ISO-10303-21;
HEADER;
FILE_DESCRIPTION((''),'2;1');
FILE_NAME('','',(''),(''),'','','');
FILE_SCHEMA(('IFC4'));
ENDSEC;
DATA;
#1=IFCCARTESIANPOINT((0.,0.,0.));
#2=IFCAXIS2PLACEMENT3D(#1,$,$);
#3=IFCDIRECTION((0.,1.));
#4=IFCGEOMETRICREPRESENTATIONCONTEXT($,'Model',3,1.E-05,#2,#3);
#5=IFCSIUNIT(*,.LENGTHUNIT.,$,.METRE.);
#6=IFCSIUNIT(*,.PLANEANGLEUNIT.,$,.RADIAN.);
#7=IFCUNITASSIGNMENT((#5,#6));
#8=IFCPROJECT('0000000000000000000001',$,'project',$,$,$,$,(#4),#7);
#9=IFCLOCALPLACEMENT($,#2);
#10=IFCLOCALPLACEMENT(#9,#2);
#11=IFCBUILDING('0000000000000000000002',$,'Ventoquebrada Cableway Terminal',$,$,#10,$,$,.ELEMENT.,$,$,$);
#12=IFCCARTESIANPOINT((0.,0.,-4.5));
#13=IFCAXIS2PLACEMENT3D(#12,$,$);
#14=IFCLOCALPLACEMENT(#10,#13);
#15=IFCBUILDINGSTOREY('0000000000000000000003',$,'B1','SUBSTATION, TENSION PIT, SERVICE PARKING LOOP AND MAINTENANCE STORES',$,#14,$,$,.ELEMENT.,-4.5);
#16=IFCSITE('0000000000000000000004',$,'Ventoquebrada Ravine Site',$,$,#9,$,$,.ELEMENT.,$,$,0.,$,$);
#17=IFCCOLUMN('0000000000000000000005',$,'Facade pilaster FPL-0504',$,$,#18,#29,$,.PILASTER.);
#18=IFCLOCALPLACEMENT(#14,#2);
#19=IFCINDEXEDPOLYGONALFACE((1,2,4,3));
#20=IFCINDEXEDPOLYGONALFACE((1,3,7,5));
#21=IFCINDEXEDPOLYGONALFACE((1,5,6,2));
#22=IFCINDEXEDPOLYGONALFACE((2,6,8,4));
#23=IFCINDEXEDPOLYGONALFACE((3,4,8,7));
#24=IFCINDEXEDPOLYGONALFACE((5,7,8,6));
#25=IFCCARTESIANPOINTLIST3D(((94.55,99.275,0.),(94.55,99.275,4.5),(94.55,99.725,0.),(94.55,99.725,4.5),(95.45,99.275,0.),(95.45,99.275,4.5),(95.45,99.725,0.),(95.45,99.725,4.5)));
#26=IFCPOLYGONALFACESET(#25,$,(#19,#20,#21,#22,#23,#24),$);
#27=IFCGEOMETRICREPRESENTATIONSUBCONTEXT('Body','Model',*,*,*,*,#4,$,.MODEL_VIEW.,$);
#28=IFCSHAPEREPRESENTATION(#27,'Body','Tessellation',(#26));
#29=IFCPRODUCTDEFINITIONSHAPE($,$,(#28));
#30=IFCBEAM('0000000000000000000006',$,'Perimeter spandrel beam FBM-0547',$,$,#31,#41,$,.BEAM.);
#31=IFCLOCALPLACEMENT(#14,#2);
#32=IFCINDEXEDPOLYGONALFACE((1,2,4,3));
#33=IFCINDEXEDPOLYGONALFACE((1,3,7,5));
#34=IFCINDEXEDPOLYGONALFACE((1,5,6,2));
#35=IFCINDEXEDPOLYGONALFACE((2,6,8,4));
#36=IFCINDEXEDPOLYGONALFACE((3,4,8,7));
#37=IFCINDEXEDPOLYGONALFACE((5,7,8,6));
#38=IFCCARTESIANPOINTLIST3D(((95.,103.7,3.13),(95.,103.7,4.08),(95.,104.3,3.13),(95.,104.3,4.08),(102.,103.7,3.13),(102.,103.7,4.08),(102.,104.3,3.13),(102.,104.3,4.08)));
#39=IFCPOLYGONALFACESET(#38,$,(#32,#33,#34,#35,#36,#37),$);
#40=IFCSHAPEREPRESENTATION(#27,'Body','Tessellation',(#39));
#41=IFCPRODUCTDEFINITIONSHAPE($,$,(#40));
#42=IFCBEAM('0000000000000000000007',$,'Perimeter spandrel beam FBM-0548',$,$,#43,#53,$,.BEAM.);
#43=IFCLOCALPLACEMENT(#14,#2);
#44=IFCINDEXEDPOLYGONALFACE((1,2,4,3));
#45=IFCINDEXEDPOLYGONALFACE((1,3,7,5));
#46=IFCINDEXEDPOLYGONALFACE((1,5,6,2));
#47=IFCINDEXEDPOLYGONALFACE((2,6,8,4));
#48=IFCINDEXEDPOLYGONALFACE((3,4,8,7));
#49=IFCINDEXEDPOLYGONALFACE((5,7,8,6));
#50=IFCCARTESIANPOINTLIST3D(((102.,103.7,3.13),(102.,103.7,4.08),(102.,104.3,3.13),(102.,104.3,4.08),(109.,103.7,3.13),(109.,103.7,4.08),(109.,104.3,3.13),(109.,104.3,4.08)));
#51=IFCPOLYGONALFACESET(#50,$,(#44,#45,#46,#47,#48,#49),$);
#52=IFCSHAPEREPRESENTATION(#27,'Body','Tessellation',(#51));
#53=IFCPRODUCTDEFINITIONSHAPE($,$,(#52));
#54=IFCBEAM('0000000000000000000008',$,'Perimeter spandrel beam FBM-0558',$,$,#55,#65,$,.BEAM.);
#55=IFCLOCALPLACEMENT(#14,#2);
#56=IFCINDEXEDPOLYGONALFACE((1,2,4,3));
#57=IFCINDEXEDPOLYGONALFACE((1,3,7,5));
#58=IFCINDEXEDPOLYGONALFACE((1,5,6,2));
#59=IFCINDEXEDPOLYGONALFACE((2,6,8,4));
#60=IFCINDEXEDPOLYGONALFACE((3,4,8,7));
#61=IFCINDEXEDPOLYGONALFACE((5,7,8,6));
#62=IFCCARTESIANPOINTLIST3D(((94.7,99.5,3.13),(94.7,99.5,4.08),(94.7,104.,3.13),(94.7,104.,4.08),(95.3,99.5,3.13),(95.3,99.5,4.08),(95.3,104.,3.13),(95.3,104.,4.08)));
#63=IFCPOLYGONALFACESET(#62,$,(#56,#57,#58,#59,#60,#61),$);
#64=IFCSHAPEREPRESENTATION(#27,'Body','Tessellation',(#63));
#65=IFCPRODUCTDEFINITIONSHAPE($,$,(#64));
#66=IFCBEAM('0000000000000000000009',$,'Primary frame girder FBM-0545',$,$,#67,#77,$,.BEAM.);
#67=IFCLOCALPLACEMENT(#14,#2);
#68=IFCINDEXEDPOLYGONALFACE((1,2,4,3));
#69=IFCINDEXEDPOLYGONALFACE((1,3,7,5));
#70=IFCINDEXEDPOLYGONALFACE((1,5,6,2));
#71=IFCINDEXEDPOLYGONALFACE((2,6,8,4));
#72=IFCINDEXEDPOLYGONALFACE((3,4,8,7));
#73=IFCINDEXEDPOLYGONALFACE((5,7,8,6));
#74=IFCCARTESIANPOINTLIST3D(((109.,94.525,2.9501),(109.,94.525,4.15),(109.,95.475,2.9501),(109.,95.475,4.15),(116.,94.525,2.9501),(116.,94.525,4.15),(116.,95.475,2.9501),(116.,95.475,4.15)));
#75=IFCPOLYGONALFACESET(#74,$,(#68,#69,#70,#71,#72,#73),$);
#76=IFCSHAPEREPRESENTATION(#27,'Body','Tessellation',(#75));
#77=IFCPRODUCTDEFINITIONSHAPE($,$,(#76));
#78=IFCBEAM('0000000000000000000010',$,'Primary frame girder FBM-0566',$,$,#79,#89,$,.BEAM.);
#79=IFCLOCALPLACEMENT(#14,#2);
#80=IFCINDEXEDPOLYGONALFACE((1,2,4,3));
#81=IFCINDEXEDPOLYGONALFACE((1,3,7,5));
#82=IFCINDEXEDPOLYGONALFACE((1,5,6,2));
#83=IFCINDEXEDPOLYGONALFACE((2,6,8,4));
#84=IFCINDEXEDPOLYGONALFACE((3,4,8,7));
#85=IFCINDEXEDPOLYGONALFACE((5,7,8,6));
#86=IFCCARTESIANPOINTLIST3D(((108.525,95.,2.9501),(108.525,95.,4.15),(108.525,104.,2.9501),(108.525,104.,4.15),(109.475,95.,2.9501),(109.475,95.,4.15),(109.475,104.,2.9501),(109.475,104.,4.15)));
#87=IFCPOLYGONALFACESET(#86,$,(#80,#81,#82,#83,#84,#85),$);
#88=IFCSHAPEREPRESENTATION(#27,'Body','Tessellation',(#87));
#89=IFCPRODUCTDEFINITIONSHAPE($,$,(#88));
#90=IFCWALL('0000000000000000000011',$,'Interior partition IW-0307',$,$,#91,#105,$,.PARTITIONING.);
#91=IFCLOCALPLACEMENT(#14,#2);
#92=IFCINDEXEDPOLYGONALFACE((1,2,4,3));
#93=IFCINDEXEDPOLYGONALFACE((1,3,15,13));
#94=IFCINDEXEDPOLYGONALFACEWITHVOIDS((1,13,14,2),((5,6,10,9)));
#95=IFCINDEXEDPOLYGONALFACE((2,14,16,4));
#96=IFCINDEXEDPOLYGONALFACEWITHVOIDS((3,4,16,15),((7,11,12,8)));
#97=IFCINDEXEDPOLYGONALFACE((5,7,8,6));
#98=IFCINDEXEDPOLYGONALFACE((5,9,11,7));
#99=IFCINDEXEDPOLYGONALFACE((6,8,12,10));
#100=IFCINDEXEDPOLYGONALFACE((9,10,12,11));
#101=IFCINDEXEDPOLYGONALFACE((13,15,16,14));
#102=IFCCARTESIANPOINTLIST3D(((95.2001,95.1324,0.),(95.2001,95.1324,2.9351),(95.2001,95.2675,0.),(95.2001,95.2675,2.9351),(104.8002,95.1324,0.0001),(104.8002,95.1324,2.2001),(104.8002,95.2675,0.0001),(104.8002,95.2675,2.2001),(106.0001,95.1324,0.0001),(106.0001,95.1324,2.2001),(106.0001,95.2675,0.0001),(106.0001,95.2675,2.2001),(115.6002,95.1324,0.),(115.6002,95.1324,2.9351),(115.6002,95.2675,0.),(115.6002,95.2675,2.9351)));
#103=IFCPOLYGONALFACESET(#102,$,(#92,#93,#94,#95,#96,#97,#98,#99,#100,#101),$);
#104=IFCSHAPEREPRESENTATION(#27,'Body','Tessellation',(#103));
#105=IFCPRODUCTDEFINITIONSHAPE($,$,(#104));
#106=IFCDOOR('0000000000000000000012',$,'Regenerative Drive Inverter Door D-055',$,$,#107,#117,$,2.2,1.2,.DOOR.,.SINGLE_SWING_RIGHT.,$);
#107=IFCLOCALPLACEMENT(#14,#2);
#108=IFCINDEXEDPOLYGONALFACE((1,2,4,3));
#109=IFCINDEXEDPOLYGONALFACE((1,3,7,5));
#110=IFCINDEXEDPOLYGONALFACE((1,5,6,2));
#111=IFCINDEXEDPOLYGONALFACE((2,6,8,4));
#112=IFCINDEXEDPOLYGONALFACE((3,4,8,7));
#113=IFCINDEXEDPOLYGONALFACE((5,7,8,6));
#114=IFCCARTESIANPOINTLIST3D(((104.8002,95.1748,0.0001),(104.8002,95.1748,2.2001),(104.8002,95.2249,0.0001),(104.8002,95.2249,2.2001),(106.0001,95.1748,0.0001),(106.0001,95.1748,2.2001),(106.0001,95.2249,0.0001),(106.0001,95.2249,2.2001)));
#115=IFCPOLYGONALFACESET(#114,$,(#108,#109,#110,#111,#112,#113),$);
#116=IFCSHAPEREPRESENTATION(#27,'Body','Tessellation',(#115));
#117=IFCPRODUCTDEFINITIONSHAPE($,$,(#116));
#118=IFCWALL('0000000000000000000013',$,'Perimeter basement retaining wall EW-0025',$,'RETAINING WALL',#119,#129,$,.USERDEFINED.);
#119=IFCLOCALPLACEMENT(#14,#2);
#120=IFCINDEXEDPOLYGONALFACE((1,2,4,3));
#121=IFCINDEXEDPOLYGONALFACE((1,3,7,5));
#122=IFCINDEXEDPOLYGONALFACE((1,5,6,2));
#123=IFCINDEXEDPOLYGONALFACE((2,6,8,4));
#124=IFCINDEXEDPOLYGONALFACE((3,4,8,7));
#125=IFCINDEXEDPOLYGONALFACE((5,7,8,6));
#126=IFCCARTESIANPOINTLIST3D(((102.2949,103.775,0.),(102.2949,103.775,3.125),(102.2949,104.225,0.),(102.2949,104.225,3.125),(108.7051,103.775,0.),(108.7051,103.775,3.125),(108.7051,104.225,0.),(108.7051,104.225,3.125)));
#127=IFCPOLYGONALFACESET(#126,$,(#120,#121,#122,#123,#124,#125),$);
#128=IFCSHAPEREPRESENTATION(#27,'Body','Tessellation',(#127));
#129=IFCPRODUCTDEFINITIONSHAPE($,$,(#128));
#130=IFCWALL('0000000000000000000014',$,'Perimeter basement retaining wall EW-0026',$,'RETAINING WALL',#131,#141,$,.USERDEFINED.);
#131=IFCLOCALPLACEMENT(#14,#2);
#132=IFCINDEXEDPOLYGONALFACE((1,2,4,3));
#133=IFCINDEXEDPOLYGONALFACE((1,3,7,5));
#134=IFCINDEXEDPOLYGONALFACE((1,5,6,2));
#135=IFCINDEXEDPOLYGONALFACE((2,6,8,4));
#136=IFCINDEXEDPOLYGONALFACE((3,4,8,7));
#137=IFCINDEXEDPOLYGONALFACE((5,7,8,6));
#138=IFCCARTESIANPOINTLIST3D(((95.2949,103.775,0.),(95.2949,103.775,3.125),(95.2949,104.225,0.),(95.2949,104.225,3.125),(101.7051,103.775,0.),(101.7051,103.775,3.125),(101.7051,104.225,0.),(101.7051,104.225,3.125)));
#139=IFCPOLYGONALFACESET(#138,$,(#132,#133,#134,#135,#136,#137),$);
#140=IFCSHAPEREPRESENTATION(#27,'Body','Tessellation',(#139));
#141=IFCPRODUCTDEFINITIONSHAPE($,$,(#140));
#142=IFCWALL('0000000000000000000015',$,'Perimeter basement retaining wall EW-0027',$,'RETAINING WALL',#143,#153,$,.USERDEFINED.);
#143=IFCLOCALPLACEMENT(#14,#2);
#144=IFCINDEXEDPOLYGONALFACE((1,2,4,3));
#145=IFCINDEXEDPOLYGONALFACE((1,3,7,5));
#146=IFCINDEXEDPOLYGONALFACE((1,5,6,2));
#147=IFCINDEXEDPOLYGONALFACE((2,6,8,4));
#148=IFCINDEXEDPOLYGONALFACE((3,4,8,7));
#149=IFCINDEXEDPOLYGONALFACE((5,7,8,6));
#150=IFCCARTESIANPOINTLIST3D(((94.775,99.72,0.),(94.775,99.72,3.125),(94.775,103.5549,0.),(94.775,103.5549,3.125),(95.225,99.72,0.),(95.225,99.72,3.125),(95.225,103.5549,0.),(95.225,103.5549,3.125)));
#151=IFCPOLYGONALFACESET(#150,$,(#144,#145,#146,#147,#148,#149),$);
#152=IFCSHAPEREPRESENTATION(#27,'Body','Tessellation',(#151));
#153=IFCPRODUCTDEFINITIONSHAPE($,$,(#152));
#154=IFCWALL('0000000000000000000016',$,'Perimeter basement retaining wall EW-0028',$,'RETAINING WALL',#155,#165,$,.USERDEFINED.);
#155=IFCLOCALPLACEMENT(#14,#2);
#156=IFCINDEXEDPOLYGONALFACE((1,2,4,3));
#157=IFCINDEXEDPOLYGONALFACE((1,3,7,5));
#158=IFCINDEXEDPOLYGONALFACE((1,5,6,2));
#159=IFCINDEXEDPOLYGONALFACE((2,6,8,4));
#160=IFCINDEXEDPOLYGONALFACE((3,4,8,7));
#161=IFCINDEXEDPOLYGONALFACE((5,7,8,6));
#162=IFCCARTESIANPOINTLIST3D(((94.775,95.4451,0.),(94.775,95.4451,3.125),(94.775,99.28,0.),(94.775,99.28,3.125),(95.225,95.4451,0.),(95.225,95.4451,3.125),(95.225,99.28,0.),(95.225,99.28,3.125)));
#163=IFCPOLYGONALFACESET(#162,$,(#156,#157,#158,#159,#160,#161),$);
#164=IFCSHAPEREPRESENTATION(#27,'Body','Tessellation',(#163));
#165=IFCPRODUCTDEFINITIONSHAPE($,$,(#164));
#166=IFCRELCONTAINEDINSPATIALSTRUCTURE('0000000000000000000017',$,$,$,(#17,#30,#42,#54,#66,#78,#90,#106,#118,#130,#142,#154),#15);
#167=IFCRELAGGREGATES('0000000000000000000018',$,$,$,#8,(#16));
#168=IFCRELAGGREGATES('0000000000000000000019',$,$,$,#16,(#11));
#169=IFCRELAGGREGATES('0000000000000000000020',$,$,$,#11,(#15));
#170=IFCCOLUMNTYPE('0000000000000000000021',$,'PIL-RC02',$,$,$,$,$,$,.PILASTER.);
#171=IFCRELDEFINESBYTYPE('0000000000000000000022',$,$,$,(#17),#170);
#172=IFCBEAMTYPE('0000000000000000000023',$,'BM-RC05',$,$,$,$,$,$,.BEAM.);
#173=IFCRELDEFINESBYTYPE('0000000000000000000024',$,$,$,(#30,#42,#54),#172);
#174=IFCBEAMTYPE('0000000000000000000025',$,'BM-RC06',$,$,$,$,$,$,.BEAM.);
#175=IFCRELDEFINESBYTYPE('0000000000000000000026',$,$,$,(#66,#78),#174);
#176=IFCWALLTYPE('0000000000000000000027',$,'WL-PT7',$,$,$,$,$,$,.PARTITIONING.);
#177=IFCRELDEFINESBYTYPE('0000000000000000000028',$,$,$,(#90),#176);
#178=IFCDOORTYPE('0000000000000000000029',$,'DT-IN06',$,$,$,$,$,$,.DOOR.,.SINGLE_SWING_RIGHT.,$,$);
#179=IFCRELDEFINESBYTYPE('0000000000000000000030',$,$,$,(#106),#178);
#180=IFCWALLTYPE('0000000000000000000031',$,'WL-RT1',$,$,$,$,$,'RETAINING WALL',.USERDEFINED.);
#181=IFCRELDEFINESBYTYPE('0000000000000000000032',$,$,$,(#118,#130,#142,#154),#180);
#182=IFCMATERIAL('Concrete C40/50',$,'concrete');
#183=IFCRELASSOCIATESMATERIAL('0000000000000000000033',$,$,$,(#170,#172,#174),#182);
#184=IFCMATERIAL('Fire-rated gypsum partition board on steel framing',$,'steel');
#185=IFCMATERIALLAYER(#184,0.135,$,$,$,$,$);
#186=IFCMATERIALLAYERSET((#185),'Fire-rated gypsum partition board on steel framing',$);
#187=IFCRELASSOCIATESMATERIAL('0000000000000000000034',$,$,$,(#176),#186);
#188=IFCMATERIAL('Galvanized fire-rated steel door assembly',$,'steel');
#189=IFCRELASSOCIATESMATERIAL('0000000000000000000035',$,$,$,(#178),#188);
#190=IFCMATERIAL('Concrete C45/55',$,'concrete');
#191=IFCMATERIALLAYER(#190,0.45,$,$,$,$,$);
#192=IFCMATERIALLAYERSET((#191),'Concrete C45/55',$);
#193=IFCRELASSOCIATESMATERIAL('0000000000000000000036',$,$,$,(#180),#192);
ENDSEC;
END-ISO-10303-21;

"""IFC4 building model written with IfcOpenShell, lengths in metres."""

from ifc_helpers import new_model, si_unit, direction, frame, frame_2d, origin, origin_2d, place, context, subcontext, project, spatial, rectangle, extrude, material, layer, layer_set, material_profile, profile_set, type_object, element, fill, save


model = new_model("IFC4")

# Units and contexts
model_context = context("Model", 3, precision=1e-05, world=origin(), true_north=direction((0.0, 1.0)))
body_context = subcontext(model_context, "Body", "Model", "MODEL_VIEW")
ifc_project = project(units=[si_unit("LENGTHUNIT", "METRE"), si_unit("PLANEANGLEUNIT", "RADIAN")], contexts=[model_context])

# Site, building, storey
site_placement = place(None, origin())
site = spatial("IfcSite", under=ifc_project, at=site_placement, Name="Ventoquebrada Ravine Site", CompositionType="ELEMENT", RefElevation=0.0)
building_placement = place(site_placement, origin())
building = spatial("IfcBuilding", under=site, at=building_placement, Name="Ventoquebrada Cableway Terminal", CompositionType="ELEMENT")
storey_placement = place(building_placement, frame((0.0, 0.0, -4.5)))
storey = spatial("IfcBuildingStorey", under=building, at=storey_placement, Name="B1", Description="SUBSTATION, TENSION PIT, SERVICE PARKING LOOP AND MAINTENANCE STORES", CompositionType="ELEMENT", Elevation=-4.5)

# Shared definitions
ifc_material_1 = material(Name="Concrete C40/50", Category="concrete")

# Column
ifc_material_profile_1 = material_profile(ifc_material_1, rectangle(XDim=0.45, YDim=0.8999, at=origin_2d()), Name="RC-PIL-450X900")
ifc_profile_set_1 = profile_set([ifc_material_profile_1], Name="Concrete C40/50")
column_type_1 = type_object("IfcColumnType", Name="PIL-RC02", PredefinedType="PILASTER", material=ifc_profile_set_1)
column_placement = place(storey_placement, frame((95.0, 99.5, 0.0), z_axis=(0.0, 0.0, 1.0), x_axis=(0.0, 1.0, 0.0)))
element("IfcColumn", 1, at=column_placement, inside=storey, type_object=column_type_1, Name="Facade pilaster FPL-0504", PredefinedType="PILASTER", context=body_context, shape_type="SweptSolid", body=[
    extrude(rectangle(XDim=0.45, YDim=0.8999, at=origin_2d()), origin(), (0.0, 0.0, 1.0), 4.5),
])

# Beams
ifc_material_profile_2 = material_profile(ifc_material_1, rectangle(XDim=0.6001, YDim=0.95, at=origin_2d()), Name="RC-BM-600X950")
ifc_profile_set_2 = profile_set([ifc_material_profile_2], Name="Concrete C40/50")
beam_type_1 = type_object("IfcBeamType", Name="BM-RC05", PredefinedType="BEAM", material=ifc_profile_set_2)
for number, where, z_axis, x_axis, name in (
    (2, (95.0, 104.0, 3.605), (1.0, 0.0, 0.0), (0.0, 1.0, 0.0), "Perimeter spandrel beam FBM-0547"),
    (3, (102.0, 104.0, 3.605), (1.0, 0.0, 0.0), (0.0, 1.0, 0.0), "Perimeter spandrel beam FBM-0548"),
):
    element("IfcBeam", number, at=place(storey_placement, frame(where, z_axis=z_axis, x_axis=x_axis)), inside=storey, type_object=beam_type_1, Name=name, PredefinedType="BEAM", context=body_context, shape_type="SweptSolid", body=[
        extrude(rectangle(XDim=0.6001, YDim=0.95, at=origin_2d()), origin(), (0.0, 0.0, 1.0), 7.0),
    ])
beam_1_placement = place(storey_placement, frame((95.0, 99.5, 3.605), z_axis=(0.0, 1.0, 0.0), x_axis=(-1.0, 0.0, 0.0)))
element("IfcBeam", 4, at=beam_1_placement, inside=storey, type_object=beam_type_1, Name="Perimeter spandrel beam FBM-0558", PredefinedType="BEAM", context=body_context, shape_type="SweptSolid", body=[
    extrude(rectangle(XDim=0.6001, YDim=0.95, at=origin_2d()), origin(), (0.0, 0.0, 1.0), 4.5),
])
ifc_material_profile_3 = material_profile(ifc_material_1, rectangle(XDim=0.95, YDim=1.2, at=origin_2d()), Name="RC-BM-950X1200")
ifc_profile_set_3 = profile_set([ifc_material_profile_3], Name="Concrete C40/50")
beam_type_2 = type_object("IfcBeamType", Name="BM-RC06", PredefinedType="BEAM", material=ifc_profile_set_3)
beam_2_placement = place(storey_placement, frame((109.0, 95.0, 3.55), z_axis=(1.0, 0.0, 0.0), x_axis=(0.0, 1.0, 0.0)))
element("IfcBeam", 5, at=beam_2_placement, inside=storey, type_object=beam_type_2, Name="Primary frame girder FBM-0545", PredefinedType="BEAM", context=body_context, shape_type="SweptSolid", body=[
    extrude(rectangle(XDim=0.95, YDim=1.2, at=origin_2d()), origin(), (0.0, 0.0, 1.0), 7.0),
])
beam_3_placement = place(storey_placement, frame((109.0, 95.0, 3.55), z_axis=(0.0, 1.0, 0.0), x_axis=(-1.0, 0.0, 0.0)))
element("IfcBeam", 6, at=beam_3_placement, inside=storey, type_object=beam_type_2, Name="Primary frame girder FBM-0566", PredefinedType="BEAM", context=body_context, shape_type="SweptSolid", body=[
    extrude(rectangle(XDim=0.95, YDim=1.2, at=origin_2d()), origin(), (0.0, 0.0, 1.0), 9.0),
])

# Wall, opening, door
ifc_material_2 = material(Name="Fire-rated gypsum partition board on steel framing", Category="steel")
ifc_layer_1 = layer(ifc_material_2, 0.135)
ifc_layer_set_1 = layer_set([ifc_layer_1], Name="Fire-rated gypsum partition board on steel framing")
wall_type_1 = type_object("IfcWallType", Name="WL-PT7", PredefinedType="PARTITIONING", material=ifc_layer_set_1)
wall_placement = place(storey_placement, frame((95.2, 95.2, 0.0), z_axis=(0.0, 0.0, 1.0), x_axis=(1.0, 0.0, 0.0)))
wall = element("IfcWall", 7, at=wall_placement, inside=storey, type_object=wall_type_1, Name="Interior partition IW-0307", PredefinedType="PARTITIONING", context=body_context, shape_type="SweptSolid", body=[
    extrude(rectangle(XDim=20.4001, YDim=0.135, at=frame_2d((10.2002, 0.0))), origin(), (0.0, 0.0, 1.0), 2.9351),
])
opening_placement = place(wall_placement, frame((9.6001, 0.0, 0.0)))
opening = element("IfcOpeningElement", 8, at=opening_placement, cuts=wall, PredefinedType="OPENING", context=body_context, shape_type="SweptSolid", body=[
    extrude(rectangle(XDim=1.2, YDim=2.2, at=frame_2d((0.6001, 1.1001))), frame((0.0, 0.0774, 0.0), z_axis=(0.0, -1.0, 0.0), x_axis=(1.0, 0.0, 0.0)), (0.0, 0.0, 1.0), 0.155),
])
ifc_material_3 = material(Name="Galvanized fire-rated steel door assembly", Category="steel")
door_type = type_object("IfcDoorType", Name="DT-IN06", OperationType="SINGLE_SWING_RIGHT", PredefinedType="DOOR", material=ifc_material_3)
door_placement = place(opening_placement, origin())
door = element("IfcDoor", 9, at=door_placement, inside=storey, type_object=door_type, Name="Regenerative Drive Inverter Door D-055", OperationType="SINGLE_SWING_RIGHT", OverallHeight=2.2, OverallWidth=1.2, PredefinedType="DOOR", context=body_context, shape_type="SweptSolid", body=[
    extrude(rectangle(XDim=1.2, YDim=2.2, at=frame_2d((0.6001, 1.1001))), frame((0.0, 0.0249, 0.0), z_axis=(0.0, -1.0, 0.0), x_axis=(1.0, 0.0, 0.0)), (0.0, 0.0, 1.0), 0.05),
])
fill(opening, door)

# Walls
ifc_material_4 = material(Name="Concrete C45/55", Category="concrete")
ifc_layer_2 = layer(ifc_material_4, 0.45)
ifc_layer_set_2 = layer_set([ifc_layer_2], Name="Concrete C45/55")
wall_type_2 = type_object("IfcWallType", Name="WL-RT1", ElementType="RETAINING WALL", PredefinedType="USERDEFINED", material=ifc_layer_set_2)
for number, where, z_axis, x_axis, name in (
    (10, (108.7051, 104.0, 0.0), (0.0, 0.0, 1.0), (-1.0, 0.0, 0.0), "Perimeter basement retaining wall EW-0025"),
    (11, (101.7051, 104.0, 0.0), (0.0, 0.0, 1.0), (-1.0, 0.0, 0.0), "Perimeter basement retaining wall EW-0026"),
):
    element("IfcWall", number, at=place(storey_placement, frame(where, z_axis=z_axis, x_axis=x_axis)), inside=storey, type_object=wall_type_2, Name=name, ObjectType="RETAINING WALL", PredefinedType="USERDEFINED", context=body_context, shape_type="SweptSolid", body=[
        extrude(rectangle(XDim=6.4102, YDim=0.45, at=frame_2d((3.2051, 0.0))), origin(), (0.0, 0.0, 1.0), 3.125),
    ])
for number, where, z_axis, x_axis, name in (
    (12, (95.0, 103.5549, 0.0), (0.0, 0.0, 1.0), (0.0, -1.0, 0.0), "Perimeter basement retaining wall EW-0027"),
    (13, (95.0, 99.28, 0.0), (0.0, 0.0, 1.0), (0.0, -1.0, 0.0), "Perimeter basement retaining wall EW-0028"),
):
    element("IfcWall", number, at=place(storey_placement, frame(where, z_axis=z_axis, x_axis=x_axis)), inside=storey, type_object=wall_type_2, Name=name, ObjectType="RETAINING WALL", PredefinedType="USERDEFINED", context=body_context, shape_type="SweptSolid", body=[
        extrude(rectangle(XDim=3.835, YDim=0.45, at=frame_2d((1.9175, 0.0))), origin(), (0.0, 0.0, 1.0), 3.125),
    ])

save(model, "model.ifc")
